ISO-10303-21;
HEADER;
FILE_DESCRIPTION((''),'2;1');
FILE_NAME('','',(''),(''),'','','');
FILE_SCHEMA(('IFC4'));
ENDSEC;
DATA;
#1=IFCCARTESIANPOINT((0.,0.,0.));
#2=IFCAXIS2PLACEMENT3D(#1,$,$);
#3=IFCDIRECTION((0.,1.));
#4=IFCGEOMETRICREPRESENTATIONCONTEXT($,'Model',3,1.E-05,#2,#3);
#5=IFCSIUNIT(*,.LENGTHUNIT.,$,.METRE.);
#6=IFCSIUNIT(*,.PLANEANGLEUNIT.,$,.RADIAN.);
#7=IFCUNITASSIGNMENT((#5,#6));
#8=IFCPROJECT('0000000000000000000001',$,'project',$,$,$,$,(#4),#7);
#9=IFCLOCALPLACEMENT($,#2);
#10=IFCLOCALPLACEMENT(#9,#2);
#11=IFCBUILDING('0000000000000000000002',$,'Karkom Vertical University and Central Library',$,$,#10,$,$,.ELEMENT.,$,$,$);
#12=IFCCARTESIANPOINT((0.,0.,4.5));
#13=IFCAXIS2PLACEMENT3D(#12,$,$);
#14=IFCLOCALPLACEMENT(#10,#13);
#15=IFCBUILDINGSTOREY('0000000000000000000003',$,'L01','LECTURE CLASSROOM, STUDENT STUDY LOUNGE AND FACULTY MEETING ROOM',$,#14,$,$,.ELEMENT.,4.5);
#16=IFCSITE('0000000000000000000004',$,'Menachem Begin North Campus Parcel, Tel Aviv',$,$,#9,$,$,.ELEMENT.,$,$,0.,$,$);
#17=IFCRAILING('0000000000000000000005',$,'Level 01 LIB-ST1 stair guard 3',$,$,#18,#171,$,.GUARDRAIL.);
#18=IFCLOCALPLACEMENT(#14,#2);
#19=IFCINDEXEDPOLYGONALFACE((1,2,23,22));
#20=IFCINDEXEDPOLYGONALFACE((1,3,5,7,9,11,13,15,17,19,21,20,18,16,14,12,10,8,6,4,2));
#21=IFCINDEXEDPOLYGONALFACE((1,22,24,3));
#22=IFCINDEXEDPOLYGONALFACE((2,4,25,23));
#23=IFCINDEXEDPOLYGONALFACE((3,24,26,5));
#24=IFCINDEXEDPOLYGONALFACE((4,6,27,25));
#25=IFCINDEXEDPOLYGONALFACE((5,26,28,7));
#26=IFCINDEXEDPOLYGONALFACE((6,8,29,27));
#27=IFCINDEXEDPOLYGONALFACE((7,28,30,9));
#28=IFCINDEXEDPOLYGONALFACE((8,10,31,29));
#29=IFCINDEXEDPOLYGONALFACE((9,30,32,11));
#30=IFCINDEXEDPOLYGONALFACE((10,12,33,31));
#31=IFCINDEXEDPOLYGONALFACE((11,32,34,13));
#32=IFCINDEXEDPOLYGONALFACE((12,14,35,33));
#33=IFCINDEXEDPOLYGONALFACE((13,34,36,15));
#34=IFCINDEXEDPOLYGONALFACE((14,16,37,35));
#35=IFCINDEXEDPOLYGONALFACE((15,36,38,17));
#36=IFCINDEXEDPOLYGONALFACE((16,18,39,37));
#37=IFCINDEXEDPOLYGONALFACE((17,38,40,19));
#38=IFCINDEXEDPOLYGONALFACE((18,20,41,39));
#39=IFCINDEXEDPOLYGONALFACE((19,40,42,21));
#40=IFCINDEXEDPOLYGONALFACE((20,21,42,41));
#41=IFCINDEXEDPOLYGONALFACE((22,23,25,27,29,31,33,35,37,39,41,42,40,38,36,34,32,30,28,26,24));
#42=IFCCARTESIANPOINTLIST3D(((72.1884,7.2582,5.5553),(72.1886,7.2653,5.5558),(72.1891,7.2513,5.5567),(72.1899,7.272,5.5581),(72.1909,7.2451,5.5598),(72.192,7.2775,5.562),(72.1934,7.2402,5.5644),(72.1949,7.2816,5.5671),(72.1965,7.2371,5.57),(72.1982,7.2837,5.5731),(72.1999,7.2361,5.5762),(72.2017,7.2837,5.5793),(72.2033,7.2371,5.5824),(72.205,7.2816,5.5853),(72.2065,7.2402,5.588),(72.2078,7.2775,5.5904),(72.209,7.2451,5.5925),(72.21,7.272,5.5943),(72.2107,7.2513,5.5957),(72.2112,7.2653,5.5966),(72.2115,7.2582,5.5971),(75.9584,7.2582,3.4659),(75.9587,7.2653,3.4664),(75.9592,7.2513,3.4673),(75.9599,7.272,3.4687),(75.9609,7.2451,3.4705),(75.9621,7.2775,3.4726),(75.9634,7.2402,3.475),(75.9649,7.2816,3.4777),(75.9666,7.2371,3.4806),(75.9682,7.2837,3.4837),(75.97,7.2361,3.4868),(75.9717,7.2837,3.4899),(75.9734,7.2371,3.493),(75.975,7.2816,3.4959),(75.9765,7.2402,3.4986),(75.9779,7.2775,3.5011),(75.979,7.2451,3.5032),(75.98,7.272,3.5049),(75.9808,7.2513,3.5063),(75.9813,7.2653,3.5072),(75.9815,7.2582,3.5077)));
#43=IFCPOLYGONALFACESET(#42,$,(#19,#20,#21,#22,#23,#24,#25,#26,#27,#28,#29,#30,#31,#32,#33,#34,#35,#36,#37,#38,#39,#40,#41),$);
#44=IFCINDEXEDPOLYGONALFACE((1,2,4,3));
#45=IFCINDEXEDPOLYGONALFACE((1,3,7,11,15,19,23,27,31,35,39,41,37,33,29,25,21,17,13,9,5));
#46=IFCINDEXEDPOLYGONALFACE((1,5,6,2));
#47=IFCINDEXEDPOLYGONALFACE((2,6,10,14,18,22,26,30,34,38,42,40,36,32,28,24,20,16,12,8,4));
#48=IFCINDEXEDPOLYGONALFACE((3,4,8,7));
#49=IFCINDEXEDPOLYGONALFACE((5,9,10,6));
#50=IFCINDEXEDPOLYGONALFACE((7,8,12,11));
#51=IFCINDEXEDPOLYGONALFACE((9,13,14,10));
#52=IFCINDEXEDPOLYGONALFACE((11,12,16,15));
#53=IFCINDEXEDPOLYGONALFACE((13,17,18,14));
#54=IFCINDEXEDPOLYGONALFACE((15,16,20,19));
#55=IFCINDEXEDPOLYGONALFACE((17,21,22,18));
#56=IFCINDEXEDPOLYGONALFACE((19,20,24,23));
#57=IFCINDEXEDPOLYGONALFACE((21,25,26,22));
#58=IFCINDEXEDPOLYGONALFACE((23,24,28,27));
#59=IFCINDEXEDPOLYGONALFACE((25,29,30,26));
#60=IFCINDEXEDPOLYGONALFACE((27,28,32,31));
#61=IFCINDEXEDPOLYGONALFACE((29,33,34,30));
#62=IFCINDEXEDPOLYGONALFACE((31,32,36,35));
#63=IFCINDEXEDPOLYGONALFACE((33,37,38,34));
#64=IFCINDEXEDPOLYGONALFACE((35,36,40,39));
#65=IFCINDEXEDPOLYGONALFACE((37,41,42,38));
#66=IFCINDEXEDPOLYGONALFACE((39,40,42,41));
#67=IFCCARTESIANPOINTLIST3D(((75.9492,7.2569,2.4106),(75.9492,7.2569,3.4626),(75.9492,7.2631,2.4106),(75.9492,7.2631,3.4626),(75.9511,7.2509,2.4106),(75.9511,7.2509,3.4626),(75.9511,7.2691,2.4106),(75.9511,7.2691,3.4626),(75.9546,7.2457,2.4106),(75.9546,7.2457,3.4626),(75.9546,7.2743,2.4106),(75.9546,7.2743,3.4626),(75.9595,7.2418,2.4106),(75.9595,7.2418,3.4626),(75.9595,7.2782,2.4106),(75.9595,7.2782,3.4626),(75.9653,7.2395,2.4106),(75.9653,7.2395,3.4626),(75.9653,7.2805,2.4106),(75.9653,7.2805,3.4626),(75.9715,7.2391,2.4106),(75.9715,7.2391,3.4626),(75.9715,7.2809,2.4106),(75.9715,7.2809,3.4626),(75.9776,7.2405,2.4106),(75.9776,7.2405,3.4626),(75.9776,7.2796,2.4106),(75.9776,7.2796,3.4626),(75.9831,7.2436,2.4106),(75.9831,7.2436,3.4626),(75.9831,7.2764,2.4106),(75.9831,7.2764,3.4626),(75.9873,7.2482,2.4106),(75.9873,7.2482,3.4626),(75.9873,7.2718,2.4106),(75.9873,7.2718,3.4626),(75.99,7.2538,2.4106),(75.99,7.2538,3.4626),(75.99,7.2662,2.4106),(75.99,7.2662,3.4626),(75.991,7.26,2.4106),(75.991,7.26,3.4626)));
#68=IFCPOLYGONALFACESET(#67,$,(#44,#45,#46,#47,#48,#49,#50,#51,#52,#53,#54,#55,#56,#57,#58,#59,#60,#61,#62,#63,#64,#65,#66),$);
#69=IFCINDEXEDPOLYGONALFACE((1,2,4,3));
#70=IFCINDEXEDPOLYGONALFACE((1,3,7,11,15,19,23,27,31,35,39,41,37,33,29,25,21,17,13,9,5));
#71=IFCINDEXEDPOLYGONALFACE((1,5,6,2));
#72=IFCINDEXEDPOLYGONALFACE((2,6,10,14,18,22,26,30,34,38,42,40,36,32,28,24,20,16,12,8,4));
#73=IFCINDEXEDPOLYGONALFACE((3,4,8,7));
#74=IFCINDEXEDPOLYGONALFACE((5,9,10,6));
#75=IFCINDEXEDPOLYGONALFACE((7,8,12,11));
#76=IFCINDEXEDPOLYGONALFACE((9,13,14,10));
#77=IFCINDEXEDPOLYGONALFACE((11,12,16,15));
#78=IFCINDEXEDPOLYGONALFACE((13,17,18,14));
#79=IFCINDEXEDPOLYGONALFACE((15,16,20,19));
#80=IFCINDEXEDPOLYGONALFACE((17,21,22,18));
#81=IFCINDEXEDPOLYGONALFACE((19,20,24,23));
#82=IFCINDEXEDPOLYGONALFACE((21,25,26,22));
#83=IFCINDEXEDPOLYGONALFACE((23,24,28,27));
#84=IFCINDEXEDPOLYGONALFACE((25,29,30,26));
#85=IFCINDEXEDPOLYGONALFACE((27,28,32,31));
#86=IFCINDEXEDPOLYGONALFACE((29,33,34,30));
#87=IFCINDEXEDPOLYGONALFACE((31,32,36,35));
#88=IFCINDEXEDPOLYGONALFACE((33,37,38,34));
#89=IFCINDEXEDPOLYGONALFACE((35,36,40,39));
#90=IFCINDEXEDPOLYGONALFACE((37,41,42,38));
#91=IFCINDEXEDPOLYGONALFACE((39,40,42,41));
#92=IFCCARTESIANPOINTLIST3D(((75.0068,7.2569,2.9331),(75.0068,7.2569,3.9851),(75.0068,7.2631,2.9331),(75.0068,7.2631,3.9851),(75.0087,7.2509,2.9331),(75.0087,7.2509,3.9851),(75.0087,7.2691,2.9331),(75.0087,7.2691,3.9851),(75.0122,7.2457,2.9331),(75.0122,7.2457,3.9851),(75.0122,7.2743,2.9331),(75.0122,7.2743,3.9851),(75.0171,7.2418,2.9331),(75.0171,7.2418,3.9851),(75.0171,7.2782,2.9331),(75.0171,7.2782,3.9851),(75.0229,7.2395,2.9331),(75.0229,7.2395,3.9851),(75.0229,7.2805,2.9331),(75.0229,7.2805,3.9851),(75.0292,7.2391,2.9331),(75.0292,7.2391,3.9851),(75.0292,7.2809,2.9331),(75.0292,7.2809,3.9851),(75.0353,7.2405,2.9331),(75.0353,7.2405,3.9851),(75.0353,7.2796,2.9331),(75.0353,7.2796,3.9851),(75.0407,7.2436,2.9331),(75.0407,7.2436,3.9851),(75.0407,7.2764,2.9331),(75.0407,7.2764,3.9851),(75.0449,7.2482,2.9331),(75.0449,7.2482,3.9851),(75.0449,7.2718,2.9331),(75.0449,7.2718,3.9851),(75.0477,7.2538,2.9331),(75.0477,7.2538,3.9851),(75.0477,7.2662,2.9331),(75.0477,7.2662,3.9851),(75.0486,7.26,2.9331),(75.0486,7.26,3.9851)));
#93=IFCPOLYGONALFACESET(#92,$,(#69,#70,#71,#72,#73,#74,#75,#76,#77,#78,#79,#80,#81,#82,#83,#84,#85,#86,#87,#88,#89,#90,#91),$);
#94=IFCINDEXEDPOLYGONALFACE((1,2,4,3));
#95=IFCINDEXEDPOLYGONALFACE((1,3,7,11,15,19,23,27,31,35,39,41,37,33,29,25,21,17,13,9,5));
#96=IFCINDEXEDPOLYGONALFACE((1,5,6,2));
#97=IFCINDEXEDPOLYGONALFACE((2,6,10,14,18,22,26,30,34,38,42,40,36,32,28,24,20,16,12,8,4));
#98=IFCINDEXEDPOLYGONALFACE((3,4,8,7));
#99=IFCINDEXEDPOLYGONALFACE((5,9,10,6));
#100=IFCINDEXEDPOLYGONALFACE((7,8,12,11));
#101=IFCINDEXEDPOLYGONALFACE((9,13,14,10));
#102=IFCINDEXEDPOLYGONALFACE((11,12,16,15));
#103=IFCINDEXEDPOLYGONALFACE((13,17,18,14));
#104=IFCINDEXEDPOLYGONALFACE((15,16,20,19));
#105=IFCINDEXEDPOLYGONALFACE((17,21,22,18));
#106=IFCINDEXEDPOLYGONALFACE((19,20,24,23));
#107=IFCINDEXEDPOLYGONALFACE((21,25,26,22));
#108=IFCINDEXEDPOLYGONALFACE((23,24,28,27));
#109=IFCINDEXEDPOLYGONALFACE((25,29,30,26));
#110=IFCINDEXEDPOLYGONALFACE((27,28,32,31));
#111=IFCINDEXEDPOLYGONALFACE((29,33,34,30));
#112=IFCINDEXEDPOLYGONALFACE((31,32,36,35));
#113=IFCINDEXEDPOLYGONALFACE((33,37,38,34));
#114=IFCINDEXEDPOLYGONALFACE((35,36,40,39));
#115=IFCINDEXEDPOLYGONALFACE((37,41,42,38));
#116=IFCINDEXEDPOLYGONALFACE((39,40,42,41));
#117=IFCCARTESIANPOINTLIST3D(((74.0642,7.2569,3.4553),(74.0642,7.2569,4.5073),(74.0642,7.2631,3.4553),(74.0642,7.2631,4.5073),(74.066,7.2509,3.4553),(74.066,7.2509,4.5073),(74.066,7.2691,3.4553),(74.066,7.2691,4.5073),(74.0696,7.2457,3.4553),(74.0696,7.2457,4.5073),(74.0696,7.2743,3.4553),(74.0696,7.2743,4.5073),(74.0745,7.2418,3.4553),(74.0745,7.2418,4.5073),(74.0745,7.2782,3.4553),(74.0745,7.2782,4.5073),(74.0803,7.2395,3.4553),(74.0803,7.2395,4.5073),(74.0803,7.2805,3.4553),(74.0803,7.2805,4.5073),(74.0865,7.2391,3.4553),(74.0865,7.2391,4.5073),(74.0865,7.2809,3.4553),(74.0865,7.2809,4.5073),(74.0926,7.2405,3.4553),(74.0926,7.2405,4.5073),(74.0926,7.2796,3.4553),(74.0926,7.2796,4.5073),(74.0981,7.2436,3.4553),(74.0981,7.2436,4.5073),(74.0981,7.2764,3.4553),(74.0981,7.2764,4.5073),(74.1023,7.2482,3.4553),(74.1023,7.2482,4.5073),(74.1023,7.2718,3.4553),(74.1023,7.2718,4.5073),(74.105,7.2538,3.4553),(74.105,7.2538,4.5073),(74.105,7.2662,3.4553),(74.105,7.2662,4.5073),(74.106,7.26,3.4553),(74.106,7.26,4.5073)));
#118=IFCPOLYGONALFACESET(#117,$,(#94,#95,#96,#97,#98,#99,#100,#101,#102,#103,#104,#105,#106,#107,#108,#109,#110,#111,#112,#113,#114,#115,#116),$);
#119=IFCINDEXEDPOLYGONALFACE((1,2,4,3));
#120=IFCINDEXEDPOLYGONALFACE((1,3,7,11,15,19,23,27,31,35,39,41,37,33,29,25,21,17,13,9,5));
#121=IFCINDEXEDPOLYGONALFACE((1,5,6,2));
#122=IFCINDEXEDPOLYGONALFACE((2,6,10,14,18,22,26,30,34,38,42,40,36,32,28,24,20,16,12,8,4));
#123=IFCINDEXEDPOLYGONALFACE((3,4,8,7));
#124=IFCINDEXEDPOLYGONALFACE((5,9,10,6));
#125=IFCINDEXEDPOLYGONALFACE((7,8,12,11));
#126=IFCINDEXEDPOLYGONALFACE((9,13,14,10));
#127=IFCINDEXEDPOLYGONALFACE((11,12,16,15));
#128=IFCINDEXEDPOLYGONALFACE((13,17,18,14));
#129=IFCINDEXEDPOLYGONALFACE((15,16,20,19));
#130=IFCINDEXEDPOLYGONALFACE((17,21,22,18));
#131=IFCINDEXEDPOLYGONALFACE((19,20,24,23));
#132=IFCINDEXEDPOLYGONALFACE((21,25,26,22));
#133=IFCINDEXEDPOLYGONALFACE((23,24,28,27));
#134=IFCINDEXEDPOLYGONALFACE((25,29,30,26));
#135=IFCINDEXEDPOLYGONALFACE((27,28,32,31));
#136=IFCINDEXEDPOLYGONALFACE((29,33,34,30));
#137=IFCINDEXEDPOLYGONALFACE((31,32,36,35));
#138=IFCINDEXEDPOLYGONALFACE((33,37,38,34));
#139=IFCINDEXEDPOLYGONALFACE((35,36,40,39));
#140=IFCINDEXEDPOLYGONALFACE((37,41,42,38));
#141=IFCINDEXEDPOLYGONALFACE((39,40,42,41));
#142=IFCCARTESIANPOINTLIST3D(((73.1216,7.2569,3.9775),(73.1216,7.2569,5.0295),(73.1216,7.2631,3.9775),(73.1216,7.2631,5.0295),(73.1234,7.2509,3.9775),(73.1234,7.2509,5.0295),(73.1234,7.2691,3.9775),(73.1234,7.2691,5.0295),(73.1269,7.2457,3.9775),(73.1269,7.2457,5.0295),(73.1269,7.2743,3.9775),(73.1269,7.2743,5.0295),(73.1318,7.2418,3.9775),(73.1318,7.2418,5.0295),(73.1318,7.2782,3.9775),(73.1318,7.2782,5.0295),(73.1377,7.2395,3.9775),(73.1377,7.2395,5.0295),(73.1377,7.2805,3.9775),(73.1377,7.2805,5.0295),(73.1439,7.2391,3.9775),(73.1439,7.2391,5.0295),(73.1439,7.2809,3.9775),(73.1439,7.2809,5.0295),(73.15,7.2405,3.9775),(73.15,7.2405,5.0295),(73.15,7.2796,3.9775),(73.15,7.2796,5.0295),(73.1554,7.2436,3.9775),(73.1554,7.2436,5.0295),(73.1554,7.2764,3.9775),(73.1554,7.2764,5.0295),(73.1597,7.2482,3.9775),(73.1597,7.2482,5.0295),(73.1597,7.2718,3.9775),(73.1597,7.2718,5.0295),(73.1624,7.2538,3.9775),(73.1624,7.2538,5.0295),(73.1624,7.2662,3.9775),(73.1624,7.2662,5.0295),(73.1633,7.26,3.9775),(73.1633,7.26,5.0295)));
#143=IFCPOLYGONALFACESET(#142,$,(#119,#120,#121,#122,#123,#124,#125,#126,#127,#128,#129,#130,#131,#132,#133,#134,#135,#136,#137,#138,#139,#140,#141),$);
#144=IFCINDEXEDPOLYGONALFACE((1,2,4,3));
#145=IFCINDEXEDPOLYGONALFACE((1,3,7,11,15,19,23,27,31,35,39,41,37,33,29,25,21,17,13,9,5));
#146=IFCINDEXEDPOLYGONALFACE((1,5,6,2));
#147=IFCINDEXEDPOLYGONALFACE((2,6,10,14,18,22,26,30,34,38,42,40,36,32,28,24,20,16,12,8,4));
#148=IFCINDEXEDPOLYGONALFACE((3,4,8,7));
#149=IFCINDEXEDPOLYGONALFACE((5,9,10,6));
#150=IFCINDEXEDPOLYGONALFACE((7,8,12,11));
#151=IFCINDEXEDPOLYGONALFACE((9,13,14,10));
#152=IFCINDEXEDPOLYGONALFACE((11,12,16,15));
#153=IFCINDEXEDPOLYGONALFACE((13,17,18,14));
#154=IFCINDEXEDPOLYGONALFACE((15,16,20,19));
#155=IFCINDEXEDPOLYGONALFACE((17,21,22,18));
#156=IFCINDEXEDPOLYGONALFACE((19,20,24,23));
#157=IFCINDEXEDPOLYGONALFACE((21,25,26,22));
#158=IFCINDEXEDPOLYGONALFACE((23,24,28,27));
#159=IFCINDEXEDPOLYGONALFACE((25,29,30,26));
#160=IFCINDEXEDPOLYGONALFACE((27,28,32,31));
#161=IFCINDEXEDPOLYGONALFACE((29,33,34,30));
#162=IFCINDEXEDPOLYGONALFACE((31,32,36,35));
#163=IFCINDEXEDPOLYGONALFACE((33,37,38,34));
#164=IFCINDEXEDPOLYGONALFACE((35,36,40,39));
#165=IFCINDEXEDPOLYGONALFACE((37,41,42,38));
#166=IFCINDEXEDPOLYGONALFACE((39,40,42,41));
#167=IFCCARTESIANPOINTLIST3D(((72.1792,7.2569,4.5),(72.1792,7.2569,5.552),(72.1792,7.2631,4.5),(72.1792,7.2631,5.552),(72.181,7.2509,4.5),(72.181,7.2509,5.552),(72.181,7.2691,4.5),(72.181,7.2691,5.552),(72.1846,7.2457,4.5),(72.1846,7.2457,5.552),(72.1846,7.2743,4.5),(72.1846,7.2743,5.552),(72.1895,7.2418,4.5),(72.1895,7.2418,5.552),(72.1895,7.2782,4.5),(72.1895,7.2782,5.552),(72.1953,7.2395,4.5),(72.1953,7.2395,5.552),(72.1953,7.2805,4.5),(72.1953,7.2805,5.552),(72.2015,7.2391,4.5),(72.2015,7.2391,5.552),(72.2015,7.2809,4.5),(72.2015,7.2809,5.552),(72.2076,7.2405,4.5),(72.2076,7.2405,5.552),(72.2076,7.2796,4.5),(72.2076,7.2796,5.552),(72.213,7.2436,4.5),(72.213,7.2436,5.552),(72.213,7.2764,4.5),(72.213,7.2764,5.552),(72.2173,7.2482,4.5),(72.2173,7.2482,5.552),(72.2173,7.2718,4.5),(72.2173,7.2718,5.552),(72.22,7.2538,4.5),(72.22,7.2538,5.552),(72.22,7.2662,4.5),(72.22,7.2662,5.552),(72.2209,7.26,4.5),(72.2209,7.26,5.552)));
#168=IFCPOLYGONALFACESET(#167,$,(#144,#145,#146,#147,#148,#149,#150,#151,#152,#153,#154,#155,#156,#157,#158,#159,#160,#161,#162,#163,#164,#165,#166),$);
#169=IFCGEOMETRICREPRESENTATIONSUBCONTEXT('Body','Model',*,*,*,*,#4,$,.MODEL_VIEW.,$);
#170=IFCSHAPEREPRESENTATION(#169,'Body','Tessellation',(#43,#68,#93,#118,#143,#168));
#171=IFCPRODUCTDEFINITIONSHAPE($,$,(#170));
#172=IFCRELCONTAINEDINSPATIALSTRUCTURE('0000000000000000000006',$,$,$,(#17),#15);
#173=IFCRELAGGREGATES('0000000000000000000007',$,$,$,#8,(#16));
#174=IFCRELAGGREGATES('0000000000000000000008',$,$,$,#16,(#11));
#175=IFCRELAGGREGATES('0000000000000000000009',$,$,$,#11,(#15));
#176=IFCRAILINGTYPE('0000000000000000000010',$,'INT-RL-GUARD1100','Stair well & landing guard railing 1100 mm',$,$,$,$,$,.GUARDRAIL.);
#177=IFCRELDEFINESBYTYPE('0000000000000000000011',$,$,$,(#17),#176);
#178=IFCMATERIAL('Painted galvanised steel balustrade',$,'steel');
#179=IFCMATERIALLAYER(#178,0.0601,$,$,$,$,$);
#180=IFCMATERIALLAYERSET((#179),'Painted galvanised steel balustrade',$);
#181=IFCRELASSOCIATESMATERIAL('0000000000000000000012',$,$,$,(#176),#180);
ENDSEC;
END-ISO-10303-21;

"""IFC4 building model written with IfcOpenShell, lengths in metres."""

from ifc_helpers import new_model, si_unit, direction, frame, origin, origin_2d, place, context, subcontext, project, spatial, circle, extrude, material, layer, layer_set, type_object, element, save


model = new_model("IFC4")

# Units and contexts
model_context = context("Model", 3, precision=1e-05, world=origin(), true_north=direction((0.0, 1.0)))
body_context = subcontext(model_context, "Body", "Model", "MODEL_VIEW")
ifc_project = project(units=[si_unit("LENGTHUNIT", "METRE"), si_unit("PLANEANGLEUNIT", "RADIAN")], contexts=[model_context])

# Site, building, storey
site_placement = place(None, origin())
site = spatial("IfcSite", under=ifc_project, at=site_placement, Name="Menachem Begin North Campus Parcel, Tel Aviv", CompositionType="ELEMENT", RefElevation=0.0)
building_placement = place(site_placement, origin())
building = spatial("IfcBuilding", under=site, at=building_placement, Name="Karkom Vertical University and Central Library", CompositionType="ELEMENT")
storey_placement = place(building_placement, frame((0.0, 0.0, 4.5)))
storey = spatial("IfcBuildingStorey", under=building, at=storey_placement, Name="L01", Description="LECTURE CLASSROOM, STUDENT STUDY LOUNGE AND FACULTY MEETING ROOM", CompositionType="ELEMENT", Elevation=4.5)

# Railing
ifc_material_1 = material(Name="Painted galvanised steel balustrade", Category="steel")
ifc_layer_1 = layer(ifc_material_1, 0.0601)
ifc_layer_set_1 = layer_set([ifc_layer_1], Name="Painted galvanised steel balustrade")
railing_type = type_object("IfcRailingType", Name="INT-RL-GUARD1100", Description="Stair well & landing guard railing 1100 mm", PredefinedType="GUARDRAIL", material=ifc_layer_set_1)
railing_1_placement = place(storey_placement, frame((75.97, 7.26, 2.4106)))
element("IfcRailing", 1, at=railing_1_placement, inside=storey, type_object=railing_type, Name="Level 01 LIB-ST1 stair guard 3", PredefinedType="GUARDRAIL", context=body_context, shape_type="SweptSolid", body=[
    extrude(circle(Radius=0.0239, at=origin_2d()), frame((0.0, 0.0, 1.0762), z_axis=(-0.874659, 0.0, 0.484739), x_axis=(0.0, -1.0, 0.0)), (0.0, 0.0, 1.0), 4.3103),
    extrude(circle(Radius=0.021, at=origin_2d()), origin(), (0.0, 0.0, 1.0), 1.052),
    extrude(circle(Radius=0.021, at=origin_2d()), frame((-0.9424, 0.0, 0.5225)), (0.0, 0.0, 1.0), 1.052),
    extrude(circle(Radius=0.021, at=origin_2d()), frame((-1.885, 0.0, 1.0447)), (0.0, 0.0, 1.0), 1.052),
    extrude(circle(Radius=0.021, at=origin_2d()), frame((-2.8276, 0.0, 1.5669)), (0.0, 0.0, 1.0), 1.052),
    extrude(circle(Radius=0.021, at=origin_2d()), frame((-3.77, 0.0, 2.0894)), (0.0, 0.0, 1.0), 1.052),
])

save(model, "model.ifc")
